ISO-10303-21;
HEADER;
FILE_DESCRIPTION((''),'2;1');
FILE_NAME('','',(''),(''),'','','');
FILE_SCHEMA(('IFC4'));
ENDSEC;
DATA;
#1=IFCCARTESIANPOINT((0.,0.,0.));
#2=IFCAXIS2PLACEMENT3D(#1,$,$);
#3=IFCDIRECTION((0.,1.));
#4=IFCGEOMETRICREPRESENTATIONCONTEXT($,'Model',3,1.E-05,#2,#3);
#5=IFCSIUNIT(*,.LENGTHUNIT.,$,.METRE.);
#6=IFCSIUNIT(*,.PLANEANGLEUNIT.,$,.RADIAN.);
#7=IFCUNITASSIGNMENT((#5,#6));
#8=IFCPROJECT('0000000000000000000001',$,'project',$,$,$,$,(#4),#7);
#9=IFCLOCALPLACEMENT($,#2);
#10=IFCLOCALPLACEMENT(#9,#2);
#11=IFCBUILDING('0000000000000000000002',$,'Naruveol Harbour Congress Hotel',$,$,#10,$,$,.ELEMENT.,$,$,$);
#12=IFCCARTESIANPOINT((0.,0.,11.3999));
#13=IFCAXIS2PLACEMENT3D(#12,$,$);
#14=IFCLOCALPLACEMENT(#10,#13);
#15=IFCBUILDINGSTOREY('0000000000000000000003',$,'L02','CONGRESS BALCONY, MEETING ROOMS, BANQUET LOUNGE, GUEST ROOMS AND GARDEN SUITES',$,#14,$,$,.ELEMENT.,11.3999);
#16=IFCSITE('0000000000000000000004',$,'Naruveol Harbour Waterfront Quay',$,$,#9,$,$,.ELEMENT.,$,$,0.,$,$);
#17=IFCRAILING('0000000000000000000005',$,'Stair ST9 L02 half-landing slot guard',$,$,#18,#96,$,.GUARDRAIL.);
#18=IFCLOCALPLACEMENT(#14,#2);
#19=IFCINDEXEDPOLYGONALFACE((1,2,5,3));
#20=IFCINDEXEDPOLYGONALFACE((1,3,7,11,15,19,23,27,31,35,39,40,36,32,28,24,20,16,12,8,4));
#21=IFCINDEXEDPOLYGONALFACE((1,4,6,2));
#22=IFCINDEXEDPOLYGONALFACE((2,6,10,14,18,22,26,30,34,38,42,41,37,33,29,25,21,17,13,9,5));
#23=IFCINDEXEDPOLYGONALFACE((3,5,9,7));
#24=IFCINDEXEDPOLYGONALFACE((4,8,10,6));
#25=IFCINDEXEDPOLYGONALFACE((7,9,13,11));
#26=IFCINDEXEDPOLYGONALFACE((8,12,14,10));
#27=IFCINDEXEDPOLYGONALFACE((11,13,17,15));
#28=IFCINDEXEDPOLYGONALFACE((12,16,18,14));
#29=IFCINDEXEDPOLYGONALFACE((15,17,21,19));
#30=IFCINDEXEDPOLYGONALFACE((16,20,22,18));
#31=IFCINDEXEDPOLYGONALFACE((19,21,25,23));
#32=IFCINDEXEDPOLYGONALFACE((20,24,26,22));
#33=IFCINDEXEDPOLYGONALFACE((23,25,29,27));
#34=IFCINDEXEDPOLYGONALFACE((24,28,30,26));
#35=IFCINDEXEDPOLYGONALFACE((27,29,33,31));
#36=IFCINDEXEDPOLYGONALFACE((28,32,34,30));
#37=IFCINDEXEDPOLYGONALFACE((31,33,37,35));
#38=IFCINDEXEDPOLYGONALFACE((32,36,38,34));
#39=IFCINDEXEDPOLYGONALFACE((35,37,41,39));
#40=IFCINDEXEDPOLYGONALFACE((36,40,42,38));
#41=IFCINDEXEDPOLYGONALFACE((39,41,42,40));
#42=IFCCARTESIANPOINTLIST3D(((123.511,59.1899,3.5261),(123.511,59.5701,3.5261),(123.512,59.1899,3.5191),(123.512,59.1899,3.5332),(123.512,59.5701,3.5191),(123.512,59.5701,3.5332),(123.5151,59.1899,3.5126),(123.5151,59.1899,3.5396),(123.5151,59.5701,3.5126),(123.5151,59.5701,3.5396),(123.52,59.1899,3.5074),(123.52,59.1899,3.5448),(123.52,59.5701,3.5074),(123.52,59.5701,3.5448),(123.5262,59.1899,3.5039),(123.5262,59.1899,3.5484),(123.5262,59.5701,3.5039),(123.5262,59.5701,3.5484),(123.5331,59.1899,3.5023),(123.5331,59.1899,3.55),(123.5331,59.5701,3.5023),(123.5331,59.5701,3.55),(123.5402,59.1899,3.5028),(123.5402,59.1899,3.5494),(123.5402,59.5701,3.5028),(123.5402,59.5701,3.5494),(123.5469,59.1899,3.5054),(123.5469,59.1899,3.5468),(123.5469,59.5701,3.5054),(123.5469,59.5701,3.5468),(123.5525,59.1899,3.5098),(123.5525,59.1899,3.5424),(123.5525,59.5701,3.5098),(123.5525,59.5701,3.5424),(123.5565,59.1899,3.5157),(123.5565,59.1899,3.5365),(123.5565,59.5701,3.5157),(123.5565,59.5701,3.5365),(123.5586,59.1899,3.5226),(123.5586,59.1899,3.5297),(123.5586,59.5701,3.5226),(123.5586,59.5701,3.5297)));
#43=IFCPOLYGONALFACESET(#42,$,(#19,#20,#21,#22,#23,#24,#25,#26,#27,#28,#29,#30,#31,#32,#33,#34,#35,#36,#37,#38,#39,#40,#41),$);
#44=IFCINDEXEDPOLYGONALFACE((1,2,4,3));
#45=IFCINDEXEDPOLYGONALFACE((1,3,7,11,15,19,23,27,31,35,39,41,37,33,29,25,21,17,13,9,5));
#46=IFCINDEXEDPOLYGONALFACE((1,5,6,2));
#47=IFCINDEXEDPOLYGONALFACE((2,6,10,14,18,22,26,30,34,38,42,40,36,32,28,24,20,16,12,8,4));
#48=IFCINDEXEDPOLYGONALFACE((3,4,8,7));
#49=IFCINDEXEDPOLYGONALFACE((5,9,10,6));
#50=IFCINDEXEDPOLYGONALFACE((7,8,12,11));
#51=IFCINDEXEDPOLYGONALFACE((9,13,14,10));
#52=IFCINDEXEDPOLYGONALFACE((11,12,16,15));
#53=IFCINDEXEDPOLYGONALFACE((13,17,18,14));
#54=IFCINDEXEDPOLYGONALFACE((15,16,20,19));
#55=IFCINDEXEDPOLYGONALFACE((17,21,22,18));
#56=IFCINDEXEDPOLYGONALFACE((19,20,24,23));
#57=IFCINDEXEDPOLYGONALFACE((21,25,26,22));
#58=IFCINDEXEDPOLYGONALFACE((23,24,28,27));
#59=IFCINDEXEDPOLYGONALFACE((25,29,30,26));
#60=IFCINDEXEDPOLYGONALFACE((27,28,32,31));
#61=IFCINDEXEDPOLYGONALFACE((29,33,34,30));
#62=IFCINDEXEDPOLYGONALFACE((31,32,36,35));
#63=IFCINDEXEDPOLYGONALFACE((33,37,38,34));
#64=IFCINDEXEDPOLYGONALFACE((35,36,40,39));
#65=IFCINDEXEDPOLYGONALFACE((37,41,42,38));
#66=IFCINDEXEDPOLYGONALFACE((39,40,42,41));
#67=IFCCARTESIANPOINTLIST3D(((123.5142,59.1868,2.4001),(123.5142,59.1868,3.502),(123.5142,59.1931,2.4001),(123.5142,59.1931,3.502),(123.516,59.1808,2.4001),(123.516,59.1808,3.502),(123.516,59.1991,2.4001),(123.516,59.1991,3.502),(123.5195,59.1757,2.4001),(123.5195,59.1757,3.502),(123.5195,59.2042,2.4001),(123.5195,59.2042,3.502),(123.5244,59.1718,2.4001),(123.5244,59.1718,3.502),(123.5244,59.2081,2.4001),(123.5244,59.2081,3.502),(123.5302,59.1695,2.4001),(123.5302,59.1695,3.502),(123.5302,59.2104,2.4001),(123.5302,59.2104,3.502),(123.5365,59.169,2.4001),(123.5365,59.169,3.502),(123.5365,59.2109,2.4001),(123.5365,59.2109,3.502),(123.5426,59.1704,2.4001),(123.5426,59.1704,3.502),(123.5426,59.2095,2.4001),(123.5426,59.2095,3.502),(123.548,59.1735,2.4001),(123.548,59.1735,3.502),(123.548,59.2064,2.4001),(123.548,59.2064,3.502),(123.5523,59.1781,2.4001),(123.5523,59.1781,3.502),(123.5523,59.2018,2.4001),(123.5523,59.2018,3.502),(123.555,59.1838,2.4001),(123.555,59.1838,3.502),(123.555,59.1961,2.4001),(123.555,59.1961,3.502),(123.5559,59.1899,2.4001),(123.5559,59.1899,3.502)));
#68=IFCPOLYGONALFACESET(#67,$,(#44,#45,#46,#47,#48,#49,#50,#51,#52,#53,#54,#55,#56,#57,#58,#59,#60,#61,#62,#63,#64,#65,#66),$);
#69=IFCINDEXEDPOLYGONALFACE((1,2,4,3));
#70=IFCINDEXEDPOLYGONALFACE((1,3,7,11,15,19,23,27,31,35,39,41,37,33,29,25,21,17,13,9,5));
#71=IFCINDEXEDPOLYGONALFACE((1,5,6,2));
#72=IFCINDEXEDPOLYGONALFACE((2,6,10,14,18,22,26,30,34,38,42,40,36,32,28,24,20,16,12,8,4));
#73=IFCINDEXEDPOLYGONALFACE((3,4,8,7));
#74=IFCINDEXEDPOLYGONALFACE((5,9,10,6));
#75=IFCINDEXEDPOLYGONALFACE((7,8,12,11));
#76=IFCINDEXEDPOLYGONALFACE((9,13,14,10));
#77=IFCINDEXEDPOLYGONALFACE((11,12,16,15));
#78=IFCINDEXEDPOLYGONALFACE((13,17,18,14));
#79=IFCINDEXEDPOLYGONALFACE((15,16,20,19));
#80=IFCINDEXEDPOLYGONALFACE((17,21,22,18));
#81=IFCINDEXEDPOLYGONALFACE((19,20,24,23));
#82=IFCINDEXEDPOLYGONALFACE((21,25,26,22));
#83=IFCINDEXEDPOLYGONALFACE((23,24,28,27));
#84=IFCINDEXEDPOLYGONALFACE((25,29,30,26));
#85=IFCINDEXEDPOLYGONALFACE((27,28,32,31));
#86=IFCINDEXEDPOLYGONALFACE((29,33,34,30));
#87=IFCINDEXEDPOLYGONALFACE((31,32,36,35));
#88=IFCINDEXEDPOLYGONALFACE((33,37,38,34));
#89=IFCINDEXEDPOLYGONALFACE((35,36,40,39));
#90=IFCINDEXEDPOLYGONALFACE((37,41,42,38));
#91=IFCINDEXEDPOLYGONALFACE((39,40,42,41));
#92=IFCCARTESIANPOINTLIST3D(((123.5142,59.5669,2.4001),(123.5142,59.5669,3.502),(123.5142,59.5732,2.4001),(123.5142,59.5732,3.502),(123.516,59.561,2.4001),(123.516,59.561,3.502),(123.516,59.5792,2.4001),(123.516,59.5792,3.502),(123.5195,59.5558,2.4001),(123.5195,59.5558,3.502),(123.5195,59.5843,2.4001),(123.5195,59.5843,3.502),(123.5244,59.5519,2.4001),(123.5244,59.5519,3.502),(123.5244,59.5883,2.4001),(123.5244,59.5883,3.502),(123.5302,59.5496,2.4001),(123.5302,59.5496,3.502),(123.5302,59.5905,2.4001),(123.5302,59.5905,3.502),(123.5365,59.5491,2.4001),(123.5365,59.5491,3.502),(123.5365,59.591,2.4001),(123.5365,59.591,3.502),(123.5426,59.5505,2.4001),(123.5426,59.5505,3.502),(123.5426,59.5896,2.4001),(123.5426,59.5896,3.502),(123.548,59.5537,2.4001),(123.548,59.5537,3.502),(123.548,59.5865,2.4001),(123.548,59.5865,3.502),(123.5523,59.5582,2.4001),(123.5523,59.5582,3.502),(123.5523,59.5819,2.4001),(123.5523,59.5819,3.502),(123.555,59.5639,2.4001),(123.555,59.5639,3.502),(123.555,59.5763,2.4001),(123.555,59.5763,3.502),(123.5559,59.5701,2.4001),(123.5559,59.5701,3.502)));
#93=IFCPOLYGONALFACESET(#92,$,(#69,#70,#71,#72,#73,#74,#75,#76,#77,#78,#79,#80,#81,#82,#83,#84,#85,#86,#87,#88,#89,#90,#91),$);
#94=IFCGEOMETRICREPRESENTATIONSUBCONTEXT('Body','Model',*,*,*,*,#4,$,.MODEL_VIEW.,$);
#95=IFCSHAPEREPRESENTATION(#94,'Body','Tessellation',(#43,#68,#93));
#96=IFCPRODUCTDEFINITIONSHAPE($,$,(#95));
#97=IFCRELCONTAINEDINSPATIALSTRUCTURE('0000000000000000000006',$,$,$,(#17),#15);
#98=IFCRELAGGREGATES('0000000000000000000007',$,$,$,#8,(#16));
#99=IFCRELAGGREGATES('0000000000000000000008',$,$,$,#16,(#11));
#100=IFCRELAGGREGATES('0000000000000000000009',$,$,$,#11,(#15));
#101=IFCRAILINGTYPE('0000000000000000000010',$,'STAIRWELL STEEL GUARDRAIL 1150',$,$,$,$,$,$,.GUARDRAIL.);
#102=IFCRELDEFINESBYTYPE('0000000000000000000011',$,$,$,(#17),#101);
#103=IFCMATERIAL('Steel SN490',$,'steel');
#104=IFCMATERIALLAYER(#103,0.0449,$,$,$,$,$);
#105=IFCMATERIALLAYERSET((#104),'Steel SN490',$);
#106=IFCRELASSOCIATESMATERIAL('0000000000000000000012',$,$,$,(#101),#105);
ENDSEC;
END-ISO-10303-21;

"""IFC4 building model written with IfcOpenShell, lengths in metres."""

from ifc_helpers import new_model, si_unit, direction, frame, origin, origin_2d, place, context, subcontext, project, spatial, circle, extrude, material, layer, layer_set, type_object, element, save


model = new_model("IFC4")

# Units and contexts
model_context = context("Model", 3, precision=1e-05, world=origin(), true_north=direction((0.0, 1.0)))
body_context = subcontext(model_context, "Body", "Model", "MODEL_VIEW")
ifc_project = project(units=[si_unit("LENGTHUNIT", "METRE"), si_unit("PLANEANGLEUNIT", "RADIAN")], contexts=[model_context])

# Site, building, storey
site_placement = place(None, origin())
site = spatial("IfcSite", under=ifc_project, at=site_placement, Name="Naruveol Harbour Waterfront Quay", CompositionType="ELEMENT", RefElevation=0.0)
building_placement = place(site_placement, origin())
building = spatial("IfcBuilding", under=site, at=building_placement, Name="Naruveol Harbour Congress Hotel", CompositionType="ELEMENT")
storey_placement = place(building_placement, frame((0.0, 0.0, 11.3999)))
storey = spatial("IfcBuildingStorey", under=building, at=storey_placement, Name="L02", Description="CONGRESS BALCONY, MEETING ROOMS, BANQUET LOUNGE, GUEST ROOMS AND GARDEN SUITES", CompositionType="ELEMENT", Elevation=11.3999)

# Railing
ifc_material_1 = material(Name="Steel SN490", Category="steel")
ifc_layer_1 = layer(ifc_material_1, 0.0449)
ifc_layer_set_1 = layer_set([ifc_layer_1], Name="Steel SN490")
railing_type_1 = type_object("IfcRailingType", Name="STAIRWELL STEEL GUARDRAIL 1150", PredefinedType="GUARDRAIL", material=ifc_layer_set_1)
railing_1_placement = place(storey_placement, frame((123.5349, 59.1899, 2.4001)))
element("IfcRailing", 1, at=railing_1_placement, inside=storey, type_object=railing_type_1, Name="Stair ST9 L02 half-landing slot guard", PredefinedType="GUARDRAIL", context=body_context, shape_type="SweptSolid", body=[
    extrude(circle(Radius=0.0239, at=origin_2d()), frame((0.0, 0.0, 1.126), z_axis=(0.0, 1.0, 0.0), x_axis=(-1.0, 0.0, 0.0)), (0.0, 0.0, 1.0), 0.3801),
    extrude(circle(Radius=0.021, at=origin_2d()), origin(), (0.0, 0.0, 1.0), 1.1018),
    extrude(circle(Radius=0.021, at=origin_2d()), frame((0.0, 0.3801, 0.0)), (0.0, 0.0, 1.0), 1.1018),
])

save(model, "model.ifc")
